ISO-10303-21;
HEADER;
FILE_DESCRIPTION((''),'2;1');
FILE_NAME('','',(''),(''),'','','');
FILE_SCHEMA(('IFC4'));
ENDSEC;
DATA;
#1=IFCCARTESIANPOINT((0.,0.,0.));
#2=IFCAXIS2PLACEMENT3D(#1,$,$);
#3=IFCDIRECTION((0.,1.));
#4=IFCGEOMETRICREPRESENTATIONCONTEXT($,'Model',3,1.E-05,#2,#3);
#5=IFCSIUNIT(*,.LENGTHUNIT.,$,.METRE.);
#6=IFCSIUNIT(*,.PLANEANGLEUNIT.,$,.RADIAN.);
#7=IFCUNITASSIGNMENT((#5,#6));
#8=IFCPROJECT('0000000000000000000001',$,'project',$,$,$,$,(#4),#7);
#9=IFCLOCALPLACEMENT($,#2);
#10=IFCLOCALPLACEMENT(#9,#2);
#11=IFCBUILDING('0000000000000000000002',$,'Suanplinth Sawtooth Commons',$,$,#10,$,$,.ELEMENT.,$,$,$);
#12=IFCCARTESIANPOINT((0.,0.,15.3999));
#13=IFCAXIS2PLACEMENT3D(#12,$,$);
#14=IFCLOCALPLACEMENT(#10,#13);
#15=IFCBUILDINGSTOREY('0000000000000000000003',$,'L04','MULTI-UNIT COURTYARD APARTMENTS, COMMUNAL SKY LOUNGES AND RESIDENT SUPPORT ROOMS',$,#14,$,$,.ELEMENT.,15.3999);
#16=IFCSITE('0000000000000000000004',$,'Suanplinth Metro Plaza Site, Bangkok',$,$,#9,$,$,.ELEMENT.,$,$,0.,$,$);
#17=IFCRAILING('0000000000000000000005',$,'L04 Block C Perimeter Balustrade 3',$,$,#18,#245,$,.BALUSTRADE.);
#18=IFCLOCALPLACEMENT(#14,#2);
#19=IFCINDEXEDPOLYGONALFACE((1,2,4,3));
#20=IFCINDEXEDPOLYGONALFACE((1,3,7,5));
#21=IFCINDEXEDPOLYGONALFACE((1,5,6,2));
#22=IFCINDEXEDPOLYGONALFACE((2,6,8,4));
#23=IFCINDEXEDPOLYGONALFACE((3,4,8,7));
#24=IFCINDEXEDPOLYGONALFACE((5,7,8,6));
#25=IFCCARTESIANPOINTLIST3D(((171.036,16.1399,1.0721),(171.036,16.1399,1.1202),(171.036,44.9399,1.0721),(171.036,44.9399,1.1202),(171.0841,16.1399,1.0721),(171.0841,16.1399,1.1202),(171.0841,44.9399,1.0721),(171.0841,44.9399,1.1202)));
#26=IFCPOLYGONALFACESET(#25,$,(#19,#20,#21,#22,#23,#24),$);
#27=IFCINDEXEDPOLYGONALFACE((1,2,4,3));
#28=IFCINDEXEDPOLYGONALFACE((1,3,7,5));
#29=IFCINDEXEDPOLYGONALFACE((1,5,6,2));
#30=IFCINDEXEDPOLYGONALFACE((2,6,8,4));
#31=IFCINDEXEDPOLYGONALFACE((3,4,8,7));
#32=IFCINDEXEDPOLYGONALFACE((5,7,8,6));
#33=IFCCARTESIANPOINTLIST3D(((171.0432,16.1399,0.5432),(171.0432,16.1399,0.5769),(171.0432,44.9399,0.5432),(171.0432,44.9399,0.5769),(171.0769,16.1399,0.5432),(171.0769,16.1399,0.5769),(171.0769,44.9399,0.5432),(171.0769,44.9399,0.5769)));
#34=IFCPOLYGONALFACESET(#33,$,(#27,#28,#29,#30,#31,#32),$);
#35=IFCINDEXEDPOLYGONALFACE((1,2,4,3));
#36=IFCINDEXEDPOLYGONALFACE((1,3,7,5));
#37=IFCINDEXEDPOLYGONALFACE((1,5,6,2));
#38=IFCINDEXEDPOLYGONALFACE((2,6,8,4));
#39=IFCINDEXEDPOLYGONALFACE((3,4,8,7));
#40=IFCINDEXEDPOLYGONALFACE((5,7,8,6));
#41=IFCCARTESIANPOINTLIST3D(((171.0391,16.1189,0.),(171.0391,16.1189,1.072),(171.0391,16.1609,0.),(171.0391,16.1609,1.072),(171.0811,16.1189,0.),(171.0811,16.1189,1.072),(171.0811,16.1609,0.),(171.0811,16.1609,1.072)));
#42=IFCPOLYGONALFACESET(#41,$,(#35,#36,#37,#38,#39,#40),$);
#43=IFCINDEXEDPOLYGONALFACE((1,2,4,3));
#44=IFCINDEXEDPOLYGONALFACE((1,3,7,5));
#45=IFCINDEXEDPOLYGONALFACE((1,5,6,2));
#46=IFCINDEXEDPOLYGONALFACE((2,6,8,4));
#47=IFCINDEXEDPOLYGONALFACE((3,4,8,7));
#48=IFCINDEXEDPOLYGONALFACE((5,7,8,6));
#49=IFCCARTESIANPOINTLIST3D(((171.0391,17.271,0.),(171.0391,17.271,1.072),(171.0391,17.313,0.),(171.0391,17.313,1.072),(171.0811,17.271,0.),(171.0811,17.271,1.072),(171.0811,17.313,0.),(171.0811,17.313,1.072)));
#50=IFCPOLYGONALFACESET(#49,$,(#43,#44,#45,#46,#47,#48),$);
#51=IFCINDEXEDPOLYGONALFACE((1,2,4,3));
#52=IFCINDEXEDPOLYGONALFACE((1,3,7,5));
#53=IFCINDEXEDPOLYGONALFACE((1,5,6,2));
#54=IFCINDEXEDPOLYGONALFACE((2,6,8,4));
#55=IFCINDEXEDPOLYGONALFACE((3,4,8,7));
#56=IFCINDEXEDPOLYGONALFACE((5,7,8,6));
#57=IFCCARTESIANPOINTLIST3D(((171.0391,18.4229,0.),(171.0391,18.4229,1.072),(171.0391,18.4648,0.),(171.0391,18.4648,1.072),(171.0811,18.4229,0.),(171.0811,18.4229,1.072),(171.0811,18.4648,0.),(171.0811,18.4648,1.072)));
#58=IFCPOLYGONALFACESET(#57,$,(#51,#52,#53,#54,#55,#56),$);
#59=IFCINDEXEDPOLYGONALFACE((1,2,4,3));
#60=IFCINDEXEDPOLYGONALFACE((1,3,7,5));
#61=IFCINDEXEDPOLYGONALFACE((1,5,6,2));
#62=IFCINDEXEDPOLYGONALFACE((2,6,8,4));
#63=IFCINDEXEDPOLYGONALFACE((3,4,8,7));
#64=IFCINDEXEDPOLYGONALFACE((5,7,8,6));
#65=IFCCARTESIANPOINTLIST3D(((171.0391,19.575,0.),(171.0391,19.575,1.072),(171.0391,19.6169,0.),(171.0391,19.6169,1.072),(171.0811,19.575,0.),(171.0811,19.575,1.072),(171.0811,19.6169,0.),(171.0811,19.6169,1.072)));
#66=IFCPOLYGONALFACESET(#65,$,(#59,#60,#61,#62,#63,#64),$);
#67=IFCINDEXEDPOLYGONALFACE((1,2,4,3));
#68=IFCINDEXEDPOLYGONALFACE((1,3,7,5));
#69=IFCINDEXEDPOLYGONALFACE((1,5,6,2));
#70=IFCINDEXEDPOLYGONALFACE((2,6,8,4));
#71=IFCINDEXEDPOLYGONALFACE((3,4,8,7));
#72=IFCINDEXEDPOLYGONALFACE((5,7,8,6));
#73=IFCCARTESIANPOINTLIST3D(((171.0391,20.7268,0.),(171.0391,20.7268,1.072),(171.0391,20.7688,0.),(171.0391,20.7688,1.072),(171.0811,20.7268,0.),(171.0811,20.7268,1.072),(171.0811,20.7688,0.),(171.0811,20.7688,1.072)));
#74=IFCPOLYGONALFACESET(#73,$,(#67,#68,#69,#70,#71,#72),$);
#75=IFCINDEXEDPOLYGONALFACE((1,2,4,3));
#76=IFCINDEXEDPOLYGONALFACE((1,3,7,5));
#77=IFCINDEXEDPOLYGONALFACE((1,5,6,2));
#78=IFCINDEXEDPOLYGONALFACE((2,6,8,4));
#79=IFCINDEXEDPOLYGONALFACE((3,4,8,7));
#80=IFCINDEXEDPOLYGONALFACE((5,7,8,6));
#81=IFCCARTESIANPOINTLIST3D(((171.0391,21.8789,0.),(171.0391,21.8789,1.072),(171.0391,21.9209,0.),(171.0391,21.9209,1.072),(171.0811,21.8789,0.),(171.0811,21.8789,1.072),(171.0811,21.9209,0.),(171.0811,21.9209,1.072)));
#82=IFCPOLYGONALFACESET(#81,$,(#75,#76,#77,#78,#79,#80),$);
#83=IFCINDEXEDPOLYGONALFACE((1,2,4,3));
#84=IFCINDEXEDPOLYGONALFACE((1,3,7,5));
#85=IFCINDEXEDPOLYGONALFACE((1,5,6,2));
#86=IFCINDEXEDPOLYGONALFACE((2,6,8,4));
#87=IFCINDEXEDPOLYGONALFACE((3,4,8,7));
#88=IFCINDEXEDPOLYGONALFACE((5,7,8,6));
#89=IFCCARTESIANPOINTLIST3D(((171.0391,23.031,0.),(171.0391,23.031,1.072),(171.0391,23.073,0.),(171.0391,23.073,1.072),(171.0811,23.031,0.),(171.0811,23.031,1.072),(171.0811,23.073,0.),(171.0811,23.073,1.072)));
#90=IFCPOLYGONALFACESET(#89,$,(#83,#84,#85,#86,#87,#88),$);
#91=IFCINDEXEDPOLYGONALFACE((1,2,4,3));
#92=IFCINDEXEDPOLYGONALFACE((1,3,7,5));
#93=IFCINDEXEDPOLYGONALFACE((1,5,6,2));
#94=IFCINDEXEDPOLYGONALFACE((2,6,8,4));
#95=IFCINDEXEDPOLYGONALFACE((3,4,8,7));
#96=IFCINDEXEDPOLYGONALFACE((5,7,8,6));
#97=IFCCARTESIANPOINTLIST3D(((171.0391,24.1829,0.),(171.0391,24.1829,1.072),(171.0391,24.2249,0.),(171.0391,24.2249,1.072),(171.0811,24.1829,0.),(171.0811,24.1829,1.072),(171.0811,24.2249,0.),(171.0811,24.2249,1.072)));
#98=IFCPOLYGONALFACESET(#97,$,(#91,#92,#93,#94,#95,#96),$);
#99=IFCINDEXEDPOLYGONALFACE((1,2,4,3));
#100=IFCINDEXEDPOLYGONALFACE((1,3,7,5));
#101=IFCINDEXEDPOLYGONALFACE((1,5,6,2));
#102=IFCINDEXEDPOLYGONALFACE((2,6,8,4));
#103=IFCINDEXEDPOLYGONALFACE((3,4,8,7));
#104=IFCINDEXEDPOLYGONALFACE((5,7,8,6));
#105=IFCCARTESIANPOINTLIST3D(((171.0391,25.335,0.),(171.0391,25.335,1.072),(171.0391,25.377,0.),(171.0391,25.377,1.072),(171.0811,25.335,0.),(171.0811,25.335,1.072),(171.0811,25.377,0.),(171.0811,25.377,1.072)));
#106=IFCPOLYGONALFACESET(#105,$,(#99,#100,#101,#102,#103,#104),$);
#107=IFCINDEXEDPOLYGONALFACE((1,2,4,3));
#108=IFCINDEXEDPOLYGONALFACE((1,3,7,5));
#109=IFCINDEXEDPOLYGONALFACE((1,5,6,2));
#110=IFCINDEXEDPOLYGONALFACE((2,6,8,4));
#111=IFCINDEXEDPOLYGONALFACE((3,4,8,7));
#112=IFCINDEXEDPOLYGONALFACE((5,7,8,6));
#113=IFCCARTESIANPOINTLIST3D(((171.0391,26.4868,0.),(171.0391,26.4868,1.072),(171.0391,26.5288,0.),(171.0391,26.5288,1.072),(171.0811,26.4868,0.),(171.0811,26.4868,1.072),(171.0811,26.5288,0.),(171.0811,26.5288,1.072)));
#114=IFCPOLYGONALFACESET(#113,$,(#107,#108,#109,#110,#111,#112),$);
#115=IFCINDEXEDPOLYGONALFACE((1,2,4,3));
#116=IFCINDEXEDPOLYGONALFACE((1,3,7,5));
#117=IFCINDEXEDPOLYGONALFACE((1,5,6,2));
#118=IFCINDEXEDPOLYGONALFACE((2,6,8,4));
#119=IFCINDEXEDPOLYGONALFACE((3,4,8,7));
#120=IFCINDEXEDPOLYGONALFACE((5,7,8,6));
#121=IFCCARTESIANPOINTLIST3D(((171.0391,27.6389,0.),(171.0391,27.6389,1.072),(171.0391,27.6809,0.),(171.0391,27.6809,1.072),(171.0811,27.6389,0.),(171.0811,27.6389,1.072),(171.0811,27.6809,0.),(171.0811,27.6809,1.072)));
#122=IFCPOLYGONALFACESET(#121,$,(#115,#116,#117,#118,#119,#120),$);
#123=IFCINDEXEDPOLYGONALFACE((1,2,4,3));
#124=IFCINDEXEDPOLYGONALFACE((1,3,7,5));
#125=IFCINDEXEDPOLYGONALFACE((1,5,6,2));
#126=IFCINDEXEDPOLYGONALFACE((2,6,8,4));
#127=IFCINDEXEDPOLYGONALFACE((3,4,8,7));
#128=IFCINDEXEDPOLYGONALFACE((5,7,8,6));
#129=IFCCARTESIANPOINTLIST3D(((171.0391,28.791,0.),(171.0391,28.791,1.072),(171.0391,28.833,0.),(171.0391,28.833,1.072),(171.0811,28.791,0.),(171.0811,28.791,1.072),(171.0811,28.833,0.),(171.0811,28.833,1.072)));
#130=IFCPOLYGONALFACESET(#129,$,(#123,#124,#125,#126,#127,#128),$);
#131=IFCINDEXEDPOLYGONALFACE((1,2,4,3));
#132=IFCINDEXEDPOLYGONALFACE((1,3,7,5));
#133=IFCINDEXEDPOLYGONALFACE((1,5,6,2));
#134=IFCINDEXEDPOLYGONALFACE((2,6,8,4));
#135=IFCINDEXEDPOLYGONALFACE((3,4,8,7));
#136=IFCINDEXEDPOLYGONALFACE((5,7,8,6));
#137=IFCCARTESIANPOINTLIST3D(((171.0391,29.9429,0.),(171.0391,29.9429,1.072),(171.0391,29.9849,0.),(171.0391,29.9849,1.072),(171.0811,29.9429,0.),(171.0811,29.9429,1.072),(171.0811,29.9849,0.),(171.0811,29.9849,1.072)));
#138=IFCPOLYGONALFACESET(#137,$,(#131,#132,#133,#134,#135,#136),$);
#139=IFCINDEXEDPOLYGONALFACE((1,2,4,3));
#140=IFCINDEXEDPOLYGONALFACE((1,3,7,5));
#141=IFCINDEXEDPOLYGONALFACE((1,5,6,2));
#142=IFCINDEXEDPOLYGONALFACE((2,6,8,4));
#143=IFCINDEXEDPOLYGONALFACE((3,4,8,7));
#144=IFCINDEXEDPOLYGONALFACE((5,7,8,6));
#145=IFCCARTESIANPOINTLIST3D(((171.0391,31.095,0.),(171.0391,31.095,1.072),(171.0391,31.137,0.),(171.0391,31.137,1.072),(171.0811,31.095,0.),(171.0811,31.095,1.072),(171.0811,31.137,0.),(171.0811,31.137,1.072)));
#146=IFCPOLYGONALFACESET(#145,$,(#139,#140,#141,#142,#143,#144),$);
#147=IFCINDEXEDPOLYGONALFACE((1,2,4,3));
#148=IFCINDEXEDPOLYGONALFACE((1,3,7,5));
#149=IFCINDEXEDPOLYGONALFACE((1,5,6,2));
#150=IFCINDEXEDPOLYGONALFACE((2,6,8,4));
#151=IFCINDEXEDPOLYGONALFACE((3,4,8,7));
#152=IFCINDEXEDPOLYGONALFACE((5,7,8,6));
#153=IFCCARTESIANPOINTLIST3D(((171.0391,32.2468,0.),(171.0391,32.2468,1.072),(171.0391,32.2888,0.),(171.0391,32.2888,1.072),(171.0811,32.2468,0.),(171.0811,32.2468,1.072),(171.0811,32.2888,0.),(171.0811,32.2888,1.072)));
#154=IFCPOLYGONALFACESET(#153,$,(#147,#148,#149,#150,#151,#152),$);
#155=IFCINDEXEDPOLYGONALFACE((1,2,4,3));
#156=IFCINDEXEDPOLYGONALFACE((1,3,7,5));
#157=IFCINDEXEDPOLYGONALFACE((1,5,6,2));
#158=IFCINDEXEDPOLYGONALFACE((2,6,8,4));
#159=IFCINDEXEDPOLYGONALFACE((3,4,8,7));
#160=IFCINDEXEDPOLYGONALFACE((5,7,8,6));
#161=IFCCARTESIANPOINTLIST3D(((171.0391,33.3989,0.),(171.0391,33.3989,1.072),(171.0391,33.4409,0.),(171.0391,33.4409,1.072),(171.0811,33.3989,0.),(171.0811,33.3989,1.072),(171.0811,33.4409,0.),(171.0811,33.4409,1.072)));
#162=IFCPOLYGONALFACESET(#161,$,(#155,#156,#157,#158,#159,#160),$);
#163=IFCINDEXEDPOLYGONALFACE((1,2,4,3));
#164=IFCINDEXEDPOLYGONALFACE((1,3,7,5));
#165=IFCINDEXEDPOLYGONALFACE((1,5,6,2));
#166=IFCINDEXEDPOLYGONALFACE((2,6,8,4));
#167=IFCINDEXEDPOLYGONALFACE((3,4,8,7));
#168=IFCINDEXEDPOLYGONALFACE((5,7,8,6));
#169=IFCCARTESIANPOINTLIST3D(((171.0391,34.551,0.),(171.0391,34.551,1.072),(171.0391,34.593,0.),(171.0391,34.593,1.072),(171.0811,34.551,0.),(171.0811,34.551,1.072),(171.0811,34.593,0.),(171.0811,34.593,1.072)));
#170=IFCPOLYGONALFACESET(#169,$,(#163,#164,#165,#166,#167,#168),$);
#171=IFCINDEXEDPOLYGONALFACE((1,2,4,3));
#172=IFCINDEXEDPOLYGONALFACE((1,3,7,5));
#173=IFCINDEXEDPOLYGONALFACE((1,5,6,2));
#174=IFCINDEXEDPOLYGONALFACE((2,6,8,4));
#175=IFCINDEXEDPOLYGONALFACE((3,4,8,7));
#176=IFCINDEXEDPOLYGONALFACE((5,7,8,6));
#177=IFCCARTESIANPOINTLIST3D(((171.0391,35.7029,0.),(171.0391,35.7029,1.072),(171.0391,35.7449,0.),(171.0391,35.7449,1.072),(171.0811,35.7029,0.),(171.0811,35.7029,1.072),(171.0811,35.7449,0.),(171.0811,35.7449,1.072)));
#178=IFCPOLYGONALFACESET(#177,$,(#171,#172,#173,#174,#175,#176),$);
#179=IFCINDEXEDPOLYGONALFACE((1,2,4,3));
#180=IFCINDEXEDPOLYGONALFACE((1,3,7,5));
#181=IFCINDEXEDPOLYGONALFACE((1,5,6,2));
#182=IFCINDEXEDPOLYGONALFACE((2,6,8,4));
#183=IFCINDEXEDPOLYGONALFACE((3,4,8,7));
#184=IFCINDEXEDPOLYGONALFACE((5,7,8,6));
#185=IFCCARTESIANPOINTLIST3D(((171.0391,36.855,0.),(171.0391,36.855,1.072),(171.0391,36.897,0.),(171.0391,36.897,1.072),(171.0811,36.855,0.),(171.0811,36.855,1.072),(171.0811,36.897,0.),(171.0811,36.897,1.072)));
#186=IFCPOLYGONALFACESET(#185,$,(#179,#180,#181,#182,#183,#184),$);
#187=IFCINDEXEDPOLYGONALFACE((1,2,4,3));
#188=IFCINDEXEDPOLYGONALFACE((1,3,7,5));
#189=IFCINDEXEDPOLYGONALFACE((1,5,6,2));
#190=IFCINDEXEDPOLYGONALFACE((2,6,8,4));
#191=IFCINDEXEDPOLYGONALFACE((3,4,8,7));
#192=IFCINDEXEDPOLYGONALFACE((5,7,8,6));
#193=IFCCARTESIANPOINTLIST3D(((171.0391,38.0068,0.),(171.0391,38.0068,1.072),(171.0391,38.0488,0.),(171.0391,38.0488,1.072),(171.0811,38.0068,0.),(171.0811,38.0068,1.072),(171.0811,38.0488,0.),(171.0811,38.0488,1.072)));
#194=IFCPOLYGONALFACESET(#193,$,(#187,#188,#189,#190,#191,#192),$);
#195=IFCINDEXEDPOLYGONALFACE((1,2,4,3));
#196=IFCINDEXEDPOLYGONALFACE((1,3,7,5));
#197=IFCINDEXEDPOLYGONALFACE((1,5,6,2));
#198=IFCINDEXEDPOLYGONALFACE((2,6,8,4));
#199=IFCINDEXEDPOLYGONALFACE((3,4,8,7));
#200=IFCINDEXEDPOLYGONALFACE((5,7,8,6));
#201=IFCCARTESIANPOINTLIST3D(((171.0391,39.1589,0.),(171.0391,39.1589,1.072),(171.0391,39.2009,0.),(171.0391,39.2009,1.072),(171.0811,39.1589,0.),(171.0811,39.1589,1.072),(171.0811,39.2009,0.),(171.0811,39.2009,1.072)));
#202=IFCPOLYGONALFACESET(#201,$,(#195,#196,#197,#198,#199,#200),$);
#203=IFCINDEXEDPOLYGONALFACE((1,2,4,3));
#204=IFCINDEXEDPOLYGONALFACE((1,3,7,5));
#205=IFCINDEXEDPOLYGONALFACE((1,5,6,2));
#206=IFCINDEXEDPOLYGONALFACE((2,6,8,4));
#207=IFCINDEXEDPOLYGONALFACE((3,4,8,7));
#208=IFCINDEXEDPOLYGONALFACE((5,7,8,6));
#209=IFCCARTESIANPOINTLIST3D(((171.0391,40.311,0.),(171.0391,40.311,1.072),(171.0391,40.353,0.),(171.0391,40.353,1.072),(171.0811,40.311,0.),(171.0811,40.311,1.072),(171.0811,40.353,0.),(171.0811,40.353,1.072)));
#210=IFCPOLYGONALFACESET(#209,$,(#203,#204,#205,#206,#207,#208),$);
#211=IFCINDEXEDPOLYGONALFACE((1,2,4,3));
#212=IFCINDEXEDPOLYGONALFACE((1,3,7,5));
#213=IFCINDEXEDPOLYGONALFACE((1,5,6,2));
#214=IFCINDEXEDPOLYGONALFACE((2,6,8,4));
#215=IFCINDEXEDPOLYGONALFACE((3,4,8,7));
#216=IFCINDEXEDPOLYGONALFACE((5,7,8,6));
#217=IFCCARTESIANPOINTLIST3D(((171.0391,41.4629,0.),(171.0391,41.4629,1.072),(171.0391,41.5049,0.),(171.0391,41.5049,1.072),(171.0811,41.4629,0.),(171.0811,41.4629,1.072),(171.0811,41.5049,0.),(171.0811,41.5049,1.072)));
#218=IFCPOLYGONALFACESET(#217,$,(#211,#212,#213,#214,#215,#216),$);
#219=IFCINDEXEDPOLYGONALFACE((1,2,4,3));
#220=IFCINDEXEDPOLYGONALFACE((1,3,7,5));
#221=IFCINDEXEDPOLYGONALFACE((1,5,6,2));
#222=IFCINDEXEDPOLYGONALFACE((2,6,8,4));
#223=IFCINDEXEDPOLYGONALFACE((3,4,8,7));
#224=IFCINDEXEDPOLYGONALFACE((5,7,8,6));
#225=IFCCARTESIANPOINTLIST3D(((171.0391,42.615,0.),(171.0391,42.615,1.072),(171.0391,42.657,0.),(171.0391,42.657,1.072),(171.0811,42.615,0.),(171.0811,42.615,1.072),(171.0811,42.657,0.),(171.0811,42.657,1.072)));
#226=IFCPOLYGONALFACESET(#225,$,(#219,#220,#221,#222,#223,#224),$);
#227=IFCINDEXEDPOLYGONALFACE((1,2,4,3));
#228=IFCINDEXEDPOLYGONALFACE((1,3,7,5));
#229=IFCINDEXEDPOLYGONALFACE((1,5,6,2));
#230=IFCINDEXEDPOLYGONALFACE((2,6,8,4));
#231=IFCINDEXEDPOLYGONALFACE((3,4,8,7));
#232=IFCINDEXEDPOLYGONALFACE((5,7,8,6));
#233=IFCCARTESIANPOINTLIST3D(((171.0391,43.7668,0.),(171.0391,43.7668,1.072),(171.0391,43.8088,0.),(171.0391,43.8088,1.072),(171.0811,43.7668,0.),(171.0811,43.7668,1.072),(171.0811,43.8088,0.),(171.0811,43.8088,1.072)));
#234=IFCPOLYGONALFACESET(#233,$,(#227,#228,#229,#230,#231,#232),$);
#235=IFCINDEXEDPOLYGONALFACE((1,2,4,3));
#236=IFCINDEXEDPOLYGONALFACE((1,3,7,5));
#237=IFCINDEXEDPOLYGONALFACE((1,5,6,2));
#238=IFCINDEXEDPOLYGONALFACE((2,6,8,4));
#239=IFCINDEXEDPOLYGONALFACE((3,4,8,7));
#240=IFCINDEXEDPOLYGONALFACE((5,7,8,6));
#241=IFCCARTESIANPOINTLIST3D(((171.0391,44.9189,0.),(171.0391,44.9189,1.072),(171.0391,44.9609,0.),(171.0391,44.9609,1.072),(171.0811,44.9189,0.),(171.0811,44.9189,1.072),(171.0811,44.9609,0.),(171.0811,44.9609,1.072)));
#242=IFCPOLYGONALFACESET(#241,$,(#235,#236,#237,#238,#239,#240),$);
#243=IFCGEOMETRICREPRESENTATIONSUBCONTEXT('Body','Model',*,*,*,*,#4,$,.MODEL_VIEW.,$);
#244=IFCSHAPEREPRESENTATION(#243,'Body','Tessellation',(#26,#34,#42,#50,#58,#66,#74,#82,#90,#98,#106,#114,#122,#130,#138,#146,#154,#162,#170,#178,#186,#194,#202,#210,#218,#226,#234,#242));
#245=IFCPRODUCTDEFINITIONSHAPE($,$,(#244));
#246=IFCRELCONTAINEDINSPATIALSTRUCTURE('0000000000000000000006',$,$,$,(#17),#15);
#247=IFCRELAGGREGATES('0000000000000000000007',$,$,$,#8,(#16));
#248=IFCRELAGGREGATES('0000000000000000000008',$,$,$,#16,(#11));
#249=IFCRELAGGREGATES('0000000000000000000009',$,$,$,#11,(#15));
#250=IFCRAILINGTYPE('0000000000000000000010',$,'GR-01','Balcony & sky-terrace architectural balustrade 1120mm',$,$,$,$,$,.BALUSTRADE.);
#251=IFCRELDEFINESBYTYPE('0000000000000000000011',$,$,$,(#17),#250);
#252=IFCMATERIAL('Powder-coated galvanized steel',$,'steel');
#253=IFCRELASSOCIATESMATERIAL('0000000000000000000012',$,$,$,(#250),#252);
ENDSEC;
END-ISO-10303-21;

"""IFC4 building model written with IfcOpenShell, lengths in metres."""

from ifc_helpers import new_model, si_unit, direction, frame, origin, origin_2d, place, context, subcontext, project, spatial, rectangle, extrude, material, type_object, element, save


model = new_model("IFC4")

# Units and contexts
model_context = context("Model", 3, precision=1e-05, world=origin(), true_north=direction((0.0, 1.0)))
body_context = subcontext(model_context, "Body", "Model", "MODEL_VIEW")
ifc_project = project(units=[si_unit("LENGTHUNIT", "METRE"), si_unit("PLANEANGLEUNIT", "RADIAN")], contexts=[model_context])

# Site, building, storey
site_placement = place(None, origin())
site = spatial("IfcSite", under=ifc_project, at=site_placement, Name="Suanplinth Metro Plaza Site, Bangkok", CompositionType="ELEMENT", RefElevation=0.0)
building_placement = place(site_placement, origin())
building = spatial("IfcBuilding", under=site, at=building_placement, Name="Suanplinth Sawtooth Commons", CompositionType="ELEMENT")
storey_placement = place(building_placement, frame((0.0, 0.0, 15.3999)))
storey = spatial("IfcBuildingStorey", under=building, at=storey_placement, Name="L04", Description="MULTI-UNIT COURTYARD APARTMENTS, COMMUNAL SKY LOUNGES AND RESIDENT SUPPORT ROOMS", CompositionType="ELEMENT", Elevation=15.3999)

# Railing
ifc_material_1 = material(Name="Powder-coated galvanized steel", Category="steel")
railing_type_1 = type_object("IfcRailingType", Name="GR-01", Description="Balcony & sky-terrace architectural balustrade 1120mm", PredefinedType="BALUSTRADE", material=ifc_material_1)
railing_1_placement = place(storey_placement, frame((171.0601, 16.1399, 0.0)))
element("IfcRailing", 1, at=railing_1_placement, inside=storey, type_object=railing_type_1, Name="L04 Block C Perimeter Balustrade 3", PredefinedType="BALUSTRADE", context=body_context, shape_type="SweptSolid", body=[
    extrude(rectangle(XDim=0.0481, YDim=0.0481, at=origin_2d()), frame((0.0, 0.0, 1.0962), z_axis=(0.0, 1.0, 0.0), x_axis=(-1.0, 0.0, 0.0)), (0.0, 0.0, 1.0), 28.8),
    extrude(rectangle(XDim=0.0337, YDim=0.0337, at=origin_2d()), frame((0.0, 0.0, 0.5601), z_axis=(0.0, 1.0, 0.0), x_axis=(-1.0, 0.0, 0.0)), (0.0, 0.0, 1.0), 28.8),
    extrude(rectangle(XDim=0.042, YDim=0.042, at=origin_2d()), origin(), (0.0, 0.0, 1.0), 1.072),
    extrude(rectangle(XDim=0.042, YDim=0.042, at=origin_2d()), frame((0.0, 1.1521, 0.0)), (0.0, 0.0, 1.0), 1.072),
    extrude(rectangle(XDim=0.042, YDim=0.042, at=origin_2d()), frame((0.0, 2.304, 0.0)), (0.0, 0.0, 1.0), 1.072),
    extrude(rectangle(XDim=0.042, YDim=0.042, at=origin_2d()), frame((0.0, 3.4561, 0.0)), (0.0, 0.0, 1.0), 1.072),
    extrude(rectangle(XDim=0.042, YDim=0.042, at=origin_2d()), frame((0.0, 4.6079, 0.0)), (0.0, 0.0, 1.0), 1.072),
    extrude(rectangle(XDim=0.042, YDim=0.042, at=origin_2d()), frame((0.0, 5.76, 0.0)), (0.0, 0.0, 1.0), 1.072),
    extrude(rectangle(XDim=0.042, YDim=0.042, at=origin_2d()), frame((0.0, 6.9121, 0.0)), (0.0, 0.0, 1.0), 1.072),
    extrude(rectangle(XDim=0.042, YDim=0.042, at=origin_2d()), frame((0.0, 8.064, 0.0)), (0.0, 0.0, 1.0), 1.072),
    extrude(rectangle(XDim=0.042, YDim=0.042, at=origin_2d()), frame((0.0, 9.2161, 0.0)), (0.0, 0.0, 1.0), 1.072),
    extrude(rectangle(XDim=0.042, YDim=0.042, at=origin_2d()), frame((0.0, 10.3679, 0.0)), (0.0, 0.0, 1.0), 1.072),
    extrude(rectangle(XDim=0.042, YDim=0.042, at=origin_2d()), frame((0.0, 11.52, 0.0)), (0.0, 0.0, 1.0), 1.072),
    extrude(rectangle(XDim=0.042, YDim=0.042, at=origin_2d()), frame((0.0, 12.6721, 0.0)), (0.0, 0.0, 1.0), 1.072),
    extrude(rectangle(XDim=0.042, YDim=0.042, at=origin_2d()), frame((0.0, 13.824, 0.0)), (0.0, 0.0, 1.0), 1.072),
    extrude(rectangle(XDim=0.042, YDim=0.042, at=origin_2d()), frame((0.0, 14.9761, 0.0)), (0.0, 0.0, 1.0), 1.072),
    extrude(rectangle(XDim=0.042, YDim=0.042, at=origin_2d()), frame((0.0, 16.1279, 0.0)), (0.0, 0.0, 1.0), 1.072),
    extrude(rectangle(XDim=0.042, YDim=0.042, at=origin_2d()), frame((0.0, 17.28, 0.0)), (0.0, 0.0, 1.0), 1.072),
    extrude(rectangle(XDim=0.042, YDim=0.042, at=origin_2d()), frame((0.0, 18.4321, 0.0)), (0.0, 0.0, 1.0), 1.072),
    extrude(rectangle(XDim=0.042, YDim=0.042, at=origin_2d()), frame((0.0, 19.584, 0.0)), (0.0, 0.0, 1.0), 1.072),
    extrude(rectangle(XDim=0.042, YDim=0.042, at=origin_2d()), frame((0.0, 20.7361, 0.0)), (0.0, 0.0, 1.0), 1.072),
    extrude(rectangle(XDim=0.042, YDim=0.042, at=origin_2d()), frame((0.0, 21.8879, 0.0)), (0.0, 0.0, 1.0), 1.072),
    extrude(rectangle(XDim=0.042, YDim=0.042, at=origin_2d()), frame((0.0, 23.04, 0.0)), (0.0, 0.0, 1.0), 1.072),
    extrude(rectangle(XDim=0.042, YDim=0.042, at=origin_2d()), frame((0.0, 24.1921, 0.0)), (0.0, 0.0, 1.0), 1.072),
    extrude(rectangle(XDim=0.042, YDim=0.042, at=origin_2d()), frame((0.0, 25.344, 0.0)), (0.0, 0.0, 1.0), 1.072),
    extrude(rectangle(XDim=0.042, YDim=0.042, at=origin_2d()), frame((0.0, 26.4961, 0.0)), (0.0, 0.0, 1.0), 1.072),
    extrude(rectangle(XDim=0.042, YDim=0.042, at=origin_2d()), frame((0.0, 27.6479, 0.0)), (0.0, 0.0, 1.0), 1.072),
    extrude(rectangle(XDim=0.042, YDim=0.042, at=origin_2d()), frame((0.0, 28.8, 0.0)), (0.0, 0.0, 1.0), 1.072),
])

save(model, "model.ifc")
